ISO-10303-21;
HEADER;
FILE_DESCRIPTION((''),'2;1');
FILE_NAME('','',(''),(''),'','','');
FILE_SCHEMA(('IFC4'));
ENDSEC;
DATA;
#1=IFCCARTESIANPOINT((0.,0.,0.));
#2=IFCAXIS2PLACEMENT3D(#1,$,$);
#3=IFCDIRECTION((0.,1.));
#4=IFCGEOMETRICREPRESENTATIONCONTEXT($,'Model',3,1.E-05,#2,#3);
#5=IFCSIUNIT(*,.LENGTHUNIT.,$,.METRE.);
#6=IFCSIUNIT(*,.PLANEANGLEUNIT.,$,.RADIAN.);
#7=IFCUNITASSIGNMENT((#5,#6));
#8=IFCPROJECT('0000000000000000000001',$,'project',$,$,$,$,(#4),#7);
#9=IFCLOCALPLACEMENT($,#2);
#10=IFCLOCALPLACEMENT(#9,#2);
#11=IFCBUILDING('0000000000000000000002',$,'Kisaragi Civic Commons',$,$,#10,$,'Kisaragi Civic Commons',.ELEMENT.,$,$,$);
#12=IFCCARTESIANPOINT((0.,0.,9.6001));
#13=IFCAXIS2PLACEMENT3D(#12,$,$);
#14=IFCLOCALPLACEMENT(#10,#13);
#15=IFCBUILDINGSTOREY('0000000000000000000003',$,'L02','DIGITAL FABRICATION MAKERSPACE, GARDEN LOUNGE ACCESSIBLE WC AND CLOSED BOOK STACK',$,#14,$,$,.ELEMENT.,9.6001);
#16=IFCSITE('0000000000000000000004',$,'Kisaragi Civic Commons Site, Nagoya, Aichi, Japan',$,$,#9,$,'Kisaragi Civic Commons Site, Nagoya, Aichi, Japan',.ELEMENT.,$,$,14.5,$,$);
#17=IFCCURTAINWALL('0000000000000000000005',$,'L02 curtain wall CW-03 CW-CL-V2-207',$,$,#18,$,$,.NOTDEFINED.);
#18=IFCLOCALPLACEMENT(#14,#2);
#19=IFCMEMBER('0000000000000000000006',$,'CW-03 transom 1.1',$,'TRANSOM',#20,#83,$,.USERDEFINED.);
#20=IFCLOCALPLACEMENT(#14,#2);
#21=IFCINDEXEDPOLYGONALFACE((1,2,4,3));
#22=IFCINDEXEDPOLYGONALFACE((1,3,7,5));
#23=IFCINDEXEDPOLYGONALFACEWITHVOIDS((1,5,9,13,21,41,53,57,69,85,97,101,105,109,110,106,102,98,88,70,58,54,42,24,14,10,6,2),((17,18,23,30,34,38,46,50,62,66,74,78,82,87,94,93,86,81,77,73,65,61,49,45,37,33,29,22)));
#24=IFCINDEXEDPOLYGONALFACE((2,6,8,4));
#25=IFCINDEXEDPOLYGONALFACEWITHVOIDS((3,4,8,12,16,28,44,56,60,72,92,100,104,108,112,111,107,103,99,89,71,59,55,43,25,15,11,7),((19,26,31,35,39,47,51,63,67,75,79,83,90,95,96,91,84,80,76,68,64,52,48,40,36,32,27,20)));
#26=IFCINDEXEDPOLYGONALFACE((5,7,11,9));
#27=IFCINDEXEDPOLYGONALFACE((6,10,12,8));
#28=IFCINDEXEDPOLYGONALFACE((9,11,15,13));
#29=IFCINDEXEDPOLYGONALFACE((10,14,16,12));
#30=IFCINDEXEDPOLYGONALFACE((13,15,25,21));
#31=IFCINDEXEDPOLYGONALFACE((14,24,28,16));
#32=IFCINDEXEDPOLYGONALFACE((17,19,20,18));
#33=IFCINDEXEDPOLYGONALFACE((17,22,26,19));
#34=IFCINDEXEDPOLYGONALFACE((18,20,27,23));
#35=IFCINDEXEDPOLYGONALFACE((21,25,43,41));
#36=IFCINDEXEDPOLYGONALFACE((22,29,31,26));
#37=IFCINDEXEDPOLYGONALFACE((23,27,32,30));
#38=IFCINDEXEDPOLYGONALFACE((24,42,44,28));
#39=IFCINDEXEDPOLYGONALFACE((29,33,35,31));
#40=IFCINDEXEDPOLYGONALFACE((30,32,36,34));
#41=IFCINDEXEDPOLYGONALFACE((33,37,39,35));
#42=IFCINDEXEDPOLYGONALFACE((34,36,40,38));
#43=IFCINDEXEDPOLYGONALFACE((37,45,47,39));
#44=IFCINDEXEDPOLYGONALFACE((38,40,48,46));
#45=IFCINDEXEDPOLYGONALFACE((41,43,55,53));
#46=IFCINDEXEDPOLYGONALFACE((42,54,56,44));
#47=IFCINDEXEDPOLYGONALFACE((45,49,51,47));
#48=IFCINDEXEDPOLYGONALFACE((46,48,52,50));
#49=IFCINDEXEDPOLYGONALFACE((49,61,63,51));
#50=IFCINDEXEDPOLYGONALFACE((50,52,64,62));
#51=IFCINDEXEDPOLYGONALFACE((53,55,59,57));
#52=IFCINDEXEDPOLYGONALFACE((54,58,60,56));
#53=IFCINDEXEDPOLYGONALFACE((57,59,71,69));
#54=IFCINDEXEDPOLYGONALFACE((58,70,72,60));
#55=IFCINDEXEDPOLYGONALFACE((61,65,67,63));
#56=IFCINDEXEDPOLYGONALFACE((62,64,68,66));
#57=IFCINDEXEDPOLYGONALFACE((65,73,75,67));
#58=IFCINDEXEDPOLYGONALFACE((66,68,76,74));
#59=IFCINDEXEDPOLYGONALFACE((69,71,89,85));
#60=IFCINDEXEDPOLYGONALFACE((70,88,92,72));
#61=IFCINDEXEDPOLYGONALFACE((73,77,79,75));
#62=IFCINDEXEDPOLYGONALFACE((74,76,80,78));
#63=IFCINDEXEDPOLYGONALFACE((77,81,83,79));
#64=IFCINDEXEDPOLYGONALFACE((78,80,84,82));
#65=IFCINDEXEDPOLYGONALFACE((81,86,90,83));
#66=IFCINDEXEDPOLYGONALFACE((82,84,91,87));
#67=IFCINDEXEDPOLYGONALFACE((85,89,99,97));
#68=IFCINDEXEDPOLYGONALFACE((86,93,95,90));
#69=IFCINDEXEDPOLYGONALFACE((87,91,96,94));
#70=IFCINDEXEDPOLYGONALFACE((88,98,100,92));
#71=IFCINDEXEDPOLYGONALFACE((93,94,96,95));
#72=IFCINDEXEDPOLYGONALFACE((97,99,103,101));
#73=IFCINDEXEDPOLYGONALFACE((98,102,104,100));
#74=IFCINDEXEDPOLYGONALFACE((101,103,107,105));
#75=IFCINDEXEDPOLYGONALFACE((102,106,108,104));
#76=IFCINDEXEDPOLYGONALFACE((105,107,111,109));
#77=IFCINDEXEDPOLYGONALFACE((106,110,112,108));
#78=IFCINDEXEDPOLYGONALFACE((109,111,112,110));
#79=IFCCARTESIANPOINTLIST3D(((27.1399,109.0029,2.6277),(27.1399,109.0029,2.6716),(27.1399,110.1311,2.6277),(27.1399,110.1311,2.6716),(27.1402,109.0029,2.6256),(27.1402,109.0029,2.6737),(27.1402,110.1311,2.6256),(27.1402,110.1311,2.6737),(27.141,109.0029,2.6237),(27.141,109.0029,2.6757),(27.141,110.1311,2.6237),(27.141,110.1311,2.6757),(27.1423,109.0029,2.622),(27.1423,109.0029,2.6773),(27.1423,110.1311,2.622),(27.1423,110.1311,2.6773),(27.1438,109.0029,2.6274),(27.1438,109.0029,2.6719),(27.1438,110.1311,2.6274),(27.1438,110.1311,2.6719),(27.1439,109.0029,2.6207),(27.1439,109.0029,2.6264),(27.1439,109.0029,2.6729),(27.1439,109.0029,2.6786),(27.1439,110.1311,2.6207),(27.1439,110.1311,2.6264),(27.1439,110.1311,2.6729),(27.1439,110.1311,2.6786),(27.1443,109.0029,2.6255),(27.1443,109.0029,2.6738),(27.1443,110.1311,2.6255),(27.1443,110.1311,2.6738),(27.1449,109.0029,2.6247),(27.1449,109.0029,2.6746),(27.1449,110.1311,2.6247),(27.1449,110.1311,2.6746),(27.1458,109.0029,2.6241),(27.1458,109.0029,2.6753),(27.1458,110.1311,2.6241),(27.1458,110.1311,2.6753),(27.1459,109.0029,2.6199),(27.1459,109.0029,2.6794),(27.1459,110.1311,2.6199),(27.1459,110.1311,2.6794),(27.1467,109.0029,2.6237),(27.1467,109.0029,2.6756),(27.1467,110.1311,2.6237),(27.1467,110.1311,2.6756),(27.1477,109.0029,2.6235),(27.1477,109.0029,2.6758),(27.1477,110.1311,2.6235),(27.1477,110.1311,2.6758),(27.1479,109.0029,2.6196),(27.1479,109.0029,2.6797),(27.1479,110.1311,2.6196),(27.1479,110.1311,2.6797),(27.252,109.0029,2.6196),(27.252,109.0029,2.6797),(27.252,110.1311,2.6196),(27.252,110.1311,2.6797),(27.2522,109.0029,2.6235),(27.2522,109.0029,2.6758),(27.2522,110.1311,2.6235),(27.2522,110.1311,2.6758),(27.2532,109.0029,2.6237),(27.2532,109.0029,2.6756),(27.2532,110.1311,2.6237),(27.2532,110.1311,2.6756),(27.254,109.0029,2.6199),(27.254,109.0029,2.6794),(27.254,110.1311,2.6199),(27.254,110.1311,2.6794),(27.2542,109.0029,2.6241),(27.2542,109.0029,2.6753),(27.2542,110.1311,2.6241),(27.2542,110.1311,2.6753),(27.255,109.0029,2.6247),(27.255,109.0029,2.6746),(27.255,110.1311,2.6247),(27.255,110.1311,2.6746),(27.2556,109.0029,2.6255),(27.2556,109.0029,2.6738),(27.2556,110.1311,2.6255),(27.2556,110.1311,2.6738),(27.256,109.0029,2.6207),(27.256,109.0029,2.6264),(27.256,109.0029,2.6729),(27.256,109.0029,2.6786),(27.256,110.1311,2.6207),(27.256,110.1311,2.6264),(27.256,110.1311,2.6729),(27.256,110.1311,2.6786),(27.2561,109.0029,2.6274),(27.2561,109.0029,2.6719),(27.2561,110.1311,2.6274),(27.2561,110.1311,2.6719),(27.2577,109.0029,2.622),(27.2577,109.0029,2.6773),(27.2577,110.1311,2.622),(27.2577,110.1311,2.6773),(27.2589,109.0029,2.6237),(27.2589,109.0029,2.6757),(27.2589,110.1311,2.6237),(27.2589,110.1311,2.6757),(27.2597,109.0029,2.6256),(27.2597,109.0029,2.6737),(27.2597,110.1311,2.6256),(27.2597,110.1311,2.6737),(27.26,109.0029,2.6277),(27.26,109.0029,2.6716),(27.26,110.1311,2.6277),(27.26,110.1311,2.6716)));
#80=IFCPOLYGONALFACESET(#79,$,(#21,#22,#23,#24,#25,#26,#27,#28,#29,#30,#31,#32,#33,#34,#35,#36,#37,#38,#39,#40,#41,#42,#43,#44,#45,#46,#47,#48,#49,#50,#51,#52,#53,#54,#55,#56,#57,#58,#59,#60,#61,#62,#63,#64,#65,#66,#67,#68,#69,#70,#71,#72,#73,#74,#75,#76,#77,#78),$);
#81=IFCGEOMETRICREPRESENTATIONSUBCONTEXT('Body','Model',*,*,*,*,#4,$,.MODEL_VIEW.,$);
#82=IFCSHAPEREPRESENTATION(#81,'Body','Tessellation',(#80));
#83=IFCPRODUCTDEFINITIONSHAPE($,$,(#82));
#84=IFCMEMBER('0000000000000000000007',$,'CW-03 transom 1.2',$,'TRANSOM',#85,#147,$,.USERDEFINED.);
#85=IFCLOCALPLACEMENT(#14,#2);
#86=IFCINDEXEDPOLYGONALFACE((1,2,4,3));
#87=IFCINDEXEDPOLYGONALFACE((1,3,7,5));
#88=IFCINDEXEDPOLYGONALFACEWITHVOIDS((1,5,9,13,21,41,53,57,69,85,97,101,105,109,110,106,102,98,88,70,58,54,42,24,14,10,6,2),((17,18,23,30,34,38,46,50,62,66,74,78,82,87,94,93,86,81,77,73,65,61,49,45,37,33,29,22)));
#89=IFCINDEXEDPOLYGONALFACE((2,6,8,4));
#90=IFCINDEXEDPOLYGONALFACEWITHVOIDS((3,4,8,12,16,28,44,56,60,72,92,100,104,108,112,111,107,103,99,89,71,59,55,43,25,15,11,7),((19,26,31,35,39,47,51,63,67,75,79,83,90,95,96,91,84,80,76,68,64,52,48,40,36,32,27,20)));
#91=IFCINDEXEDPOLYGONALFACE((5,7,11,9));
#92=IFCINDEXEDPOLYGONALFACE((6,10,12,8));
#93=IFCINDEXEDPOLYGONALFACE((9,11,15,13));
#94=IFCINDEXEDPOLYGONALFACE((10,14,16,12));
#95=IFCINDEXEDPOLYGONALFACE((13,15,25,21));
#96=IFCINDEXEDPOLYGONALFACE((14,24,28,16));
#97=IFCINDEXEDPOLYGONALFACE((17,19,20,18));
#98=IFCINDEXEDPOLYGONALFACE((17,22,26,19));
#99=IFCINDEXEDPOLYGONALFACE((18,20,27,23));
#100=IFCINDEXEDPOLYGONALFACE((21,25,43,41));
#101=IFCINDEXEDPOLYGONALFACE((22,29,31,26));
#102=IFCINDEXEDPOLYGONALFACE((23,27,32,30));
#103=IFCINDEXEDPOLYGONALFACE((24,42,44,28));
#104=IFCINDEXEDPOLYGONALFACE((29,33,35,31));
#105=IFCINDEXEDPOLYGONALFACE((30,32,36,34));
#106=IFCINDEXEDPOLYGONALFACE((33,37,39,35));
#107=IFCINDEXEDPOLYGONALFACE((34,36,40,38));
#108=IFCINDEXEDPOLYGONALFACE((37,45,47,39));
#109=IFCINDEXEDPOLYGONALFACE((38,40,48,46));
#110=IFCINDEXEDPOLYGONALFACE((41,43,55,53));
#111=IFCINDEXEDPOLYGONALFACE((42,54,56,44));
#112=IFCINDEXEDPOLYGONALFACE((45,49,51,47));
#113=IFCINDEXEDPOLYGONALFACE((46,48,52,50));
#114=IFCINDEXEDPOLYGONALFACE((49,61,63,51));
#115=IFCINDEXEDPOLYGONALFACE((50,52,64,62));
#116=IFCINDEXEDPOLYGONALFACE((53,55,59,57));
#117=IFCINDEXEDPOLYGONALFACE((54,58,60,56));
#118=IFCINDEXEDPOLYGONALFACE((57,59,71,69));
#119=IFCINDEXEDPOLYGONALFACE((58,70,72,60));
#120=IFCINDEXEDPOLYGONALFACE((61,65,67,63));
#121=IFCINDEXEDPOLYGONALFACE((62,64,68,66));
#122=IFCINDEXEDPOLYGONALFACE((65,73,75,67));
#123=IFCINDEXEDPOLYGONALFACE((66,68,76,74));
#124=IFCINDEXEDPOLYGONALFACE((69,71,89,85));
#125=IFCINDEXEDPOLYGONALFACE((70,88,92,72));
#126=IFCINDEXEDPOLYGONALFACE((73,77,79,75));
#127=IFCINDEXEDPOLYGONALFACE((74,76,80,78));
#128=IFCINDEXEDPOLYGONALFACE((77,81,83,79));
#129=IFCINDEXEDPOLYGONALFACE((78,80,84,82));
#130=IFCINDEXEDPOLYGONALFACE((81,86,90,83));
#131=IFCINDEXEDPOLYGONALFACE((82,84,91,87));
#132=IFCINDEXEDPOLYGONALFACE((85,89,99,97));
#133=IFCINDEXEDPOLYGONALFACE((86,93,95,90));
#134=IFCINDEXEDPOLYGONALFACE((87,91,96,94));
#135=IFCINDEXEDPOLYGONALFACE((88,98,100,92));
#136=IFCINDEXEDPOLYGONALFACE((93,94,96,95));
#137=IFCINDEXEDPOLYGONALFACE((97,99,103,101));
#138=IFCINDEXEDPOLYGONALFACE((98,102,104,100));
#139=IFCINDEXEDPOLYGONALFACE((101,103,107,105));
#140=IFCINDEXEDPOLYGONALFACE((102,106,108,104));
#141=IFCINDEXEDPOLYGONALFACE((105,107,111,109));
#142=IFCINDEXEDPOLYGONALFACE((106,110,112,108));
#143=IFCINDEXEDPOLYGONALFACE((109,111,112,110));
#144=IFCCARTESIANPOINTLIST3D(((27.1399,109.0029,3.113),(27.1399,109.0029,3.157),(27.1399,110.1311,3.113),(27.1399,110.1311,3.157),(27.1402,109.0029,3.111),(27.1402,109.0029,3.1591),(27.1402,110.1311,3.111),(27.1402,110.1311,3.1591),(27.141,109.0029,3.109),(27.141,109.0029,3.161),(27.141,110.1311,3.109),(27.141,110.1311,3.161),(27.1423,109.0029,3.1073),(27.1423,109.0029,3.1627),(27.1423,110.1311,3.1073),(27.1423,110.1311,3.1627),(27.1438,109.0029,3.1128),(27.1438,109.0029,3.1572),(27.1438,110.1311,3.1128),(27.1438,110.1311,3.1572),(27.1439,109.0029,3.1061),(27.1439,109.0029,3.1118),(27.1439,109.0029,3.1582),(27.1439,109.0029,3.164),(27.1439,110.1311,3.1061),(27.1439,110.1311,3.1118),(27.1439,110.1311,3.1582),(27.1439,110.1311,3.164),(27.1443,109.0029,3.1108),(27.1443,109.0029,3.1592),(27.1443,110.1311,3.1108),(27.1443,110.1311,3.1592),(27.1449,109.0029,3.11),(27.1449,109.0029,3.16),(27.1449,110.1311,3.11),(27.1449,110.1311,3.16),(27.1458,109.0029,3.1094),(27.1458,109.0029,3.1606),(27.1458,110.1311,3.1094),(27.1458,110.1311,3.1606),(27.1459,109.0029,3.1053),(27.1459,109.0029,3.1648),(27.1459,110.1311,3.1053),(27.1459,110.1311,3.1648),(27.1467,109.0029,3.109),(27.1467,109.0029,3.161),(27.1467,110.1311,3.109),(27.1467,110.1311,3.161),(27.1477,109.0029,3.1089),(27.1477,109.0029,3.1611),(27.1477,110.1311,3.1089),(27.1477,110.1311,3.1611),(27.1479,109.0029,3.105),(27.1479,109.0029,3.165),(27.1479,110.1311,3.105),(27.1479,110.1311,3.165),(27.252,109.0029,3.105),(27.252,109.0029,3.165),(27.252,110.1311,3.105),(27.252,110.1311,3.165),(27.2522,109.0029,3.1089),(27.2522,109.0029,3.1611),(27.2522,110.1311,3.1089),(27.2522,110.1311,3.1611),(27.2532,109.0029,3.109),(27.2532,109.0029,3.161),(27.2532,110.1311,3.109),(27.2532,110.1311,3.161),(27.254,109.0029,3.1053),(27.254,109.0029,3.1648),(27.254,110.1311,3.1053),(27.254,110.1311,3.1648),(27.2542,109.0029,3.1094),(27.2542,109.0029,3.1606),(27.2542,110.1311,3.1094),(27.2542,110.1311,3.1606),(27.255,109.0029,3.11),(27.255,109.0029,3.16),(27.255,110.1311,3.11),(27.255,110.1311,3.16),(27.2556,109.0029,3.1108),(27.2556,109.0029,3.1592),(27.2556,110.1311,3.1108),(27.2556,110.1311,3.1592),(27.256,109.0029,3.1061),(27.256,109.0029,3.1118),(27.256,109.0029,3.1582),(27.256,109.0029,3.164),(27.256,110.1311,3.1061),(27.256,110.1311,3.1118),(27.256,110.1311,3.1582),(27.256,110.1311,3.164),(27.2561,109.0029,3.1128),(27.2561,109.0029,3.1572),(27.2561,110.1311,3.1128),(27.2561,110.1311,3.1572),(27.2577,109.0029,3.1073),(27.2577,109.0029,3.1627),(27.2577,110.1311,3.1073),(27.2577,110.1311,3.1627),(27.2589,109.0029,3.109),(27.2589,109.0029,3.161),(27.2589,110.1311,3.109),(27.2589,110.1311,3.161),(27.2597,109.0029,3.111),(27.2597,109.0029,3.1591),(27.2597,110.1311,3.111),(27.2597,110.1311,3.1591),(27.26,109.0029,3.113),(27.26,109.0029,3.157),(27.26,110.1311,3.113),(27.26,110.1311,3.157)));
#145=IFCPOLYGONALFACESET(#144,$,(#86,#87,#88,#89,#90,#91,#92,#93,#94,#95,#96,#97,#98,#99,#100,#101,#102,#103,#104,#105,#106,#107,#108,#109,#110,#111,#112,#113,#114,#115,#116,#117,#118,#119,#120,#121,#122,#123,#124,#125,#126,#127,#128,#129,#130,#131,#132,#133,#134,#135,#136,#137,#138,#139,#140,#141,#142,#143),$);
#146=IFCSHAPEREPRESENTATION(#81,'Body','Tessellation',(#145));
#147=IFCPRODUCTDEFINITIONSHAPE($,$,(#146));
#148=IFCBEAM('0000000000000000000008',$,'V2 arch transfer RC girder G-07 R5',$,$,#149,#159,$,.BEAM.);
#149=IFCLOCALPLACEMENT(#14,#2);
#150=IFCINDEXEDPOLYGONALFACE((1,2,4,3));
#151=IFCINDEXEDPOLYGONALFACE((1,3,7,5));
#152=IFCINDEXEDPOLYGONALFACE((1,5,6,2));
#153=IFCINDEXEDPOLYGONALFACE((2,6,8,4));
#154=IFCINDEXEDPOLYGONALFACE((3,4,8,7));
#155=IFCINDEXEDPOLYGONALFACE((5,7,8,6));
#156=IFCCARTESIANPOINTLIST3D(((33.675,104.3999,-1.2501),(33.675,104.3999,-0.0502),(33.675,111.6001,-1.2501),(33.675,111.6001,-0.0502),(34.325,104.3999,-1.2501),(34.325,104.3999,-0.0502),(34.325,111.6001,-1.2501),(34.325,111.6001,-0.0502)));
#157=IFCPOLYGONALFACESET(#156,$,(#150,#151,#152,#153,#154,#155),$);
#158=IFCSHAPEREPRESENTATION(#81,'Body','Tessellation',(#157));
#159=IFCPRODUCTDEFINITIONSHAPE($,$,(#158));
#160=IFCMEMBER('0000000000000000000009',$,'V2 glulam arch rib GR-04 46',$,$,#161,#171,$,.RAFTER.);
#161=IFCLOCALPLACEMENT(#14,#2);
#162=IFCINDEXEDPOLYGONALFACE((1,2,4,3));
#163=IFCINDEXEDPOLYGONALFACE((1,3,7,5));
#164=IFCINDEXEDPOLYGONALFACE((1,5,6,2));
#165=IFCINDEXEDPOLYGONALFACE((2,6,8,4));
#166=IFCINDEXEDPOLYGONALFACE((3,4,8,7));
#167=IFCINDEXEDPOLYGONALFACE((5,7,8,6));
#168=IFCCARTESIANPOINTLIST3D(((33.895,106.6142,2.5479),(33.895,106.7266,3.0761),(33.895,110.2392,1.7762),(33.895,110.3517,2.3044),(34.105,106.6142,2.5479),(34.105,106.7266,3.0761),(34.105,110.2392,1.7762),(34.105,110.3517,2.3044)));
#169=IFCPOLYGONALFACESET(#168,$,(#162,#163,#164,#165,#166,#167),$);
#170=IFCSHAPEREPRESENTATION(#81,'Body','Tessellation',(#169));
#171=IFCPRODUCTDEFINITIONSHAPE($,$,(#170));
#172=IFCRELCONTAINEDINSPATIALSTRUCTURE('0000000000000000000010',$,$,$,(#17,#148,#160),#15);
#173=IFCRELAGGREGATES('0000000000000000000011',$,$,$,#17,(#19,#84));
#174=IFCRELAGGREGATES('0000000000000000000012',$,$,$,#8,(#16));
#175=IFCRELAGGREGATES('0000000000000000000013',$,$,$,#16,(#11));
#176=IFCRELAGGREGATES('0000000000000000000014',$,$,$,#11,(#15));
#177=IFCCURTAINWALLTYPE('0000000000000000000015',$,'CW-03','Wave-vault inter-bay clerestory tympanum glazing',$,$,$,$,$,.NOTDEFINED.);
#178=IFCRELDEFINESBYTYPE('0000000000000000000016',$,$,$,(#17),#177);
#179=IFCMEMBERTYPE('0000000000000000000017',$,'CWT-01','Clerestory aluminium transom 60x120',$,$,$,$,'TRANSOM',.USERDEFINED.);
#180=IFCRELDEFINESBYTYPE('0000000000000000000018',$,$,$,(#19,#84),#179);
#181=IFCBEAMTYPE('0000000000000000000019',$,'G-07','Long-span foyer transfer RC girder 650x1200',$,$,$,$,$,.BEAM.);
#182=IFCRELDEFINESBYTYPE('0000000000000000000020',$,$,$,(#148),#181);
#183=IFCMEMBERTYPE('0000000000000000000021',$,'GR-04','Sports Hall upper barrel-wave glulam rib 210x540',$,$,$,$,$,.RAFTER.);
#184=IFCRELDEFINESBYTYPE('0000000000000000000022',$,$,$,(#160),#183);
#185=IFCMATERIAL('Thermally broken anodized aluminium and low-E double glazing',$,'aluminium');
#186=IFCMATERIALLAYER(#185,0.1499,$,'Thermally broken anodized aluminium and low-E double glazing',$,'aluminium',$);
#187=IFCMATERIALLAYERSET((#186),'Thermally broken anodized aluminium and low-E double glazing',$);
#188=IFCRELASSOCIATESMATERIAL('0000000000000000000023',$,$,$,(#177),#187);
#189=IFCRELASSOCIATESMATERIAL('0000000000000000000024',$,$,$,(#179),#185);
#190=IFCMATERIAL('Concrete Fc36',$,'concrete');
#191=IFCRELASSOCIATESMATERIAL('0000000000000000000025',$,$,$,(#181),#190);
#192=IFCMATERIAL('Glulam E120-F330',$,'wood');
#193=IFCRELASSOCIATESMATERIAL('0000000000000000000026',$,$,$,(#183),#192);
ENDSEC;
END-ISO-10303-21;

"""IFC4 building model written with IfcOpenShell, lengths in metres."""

from ifc_helpers import new_model, si_unit, direction, frame, origin, origin_2d, place, context, subcontext, project, spatial, rectangle, hollow_rectangle, extrude, material, layer, layer_set, material_profile, profile_set, type_object, element, aggregate, save


model = new_model("IFC4")

# Units and contexts
model_context = context("Model", 3, precision=1e-05, world=origin(), true_north=direction((0.0, 1.0)))
body_context = subcontext(model_context, "Body", "Model", "MODEL_VIEW")
ifc_project = project(units=[si_unit("LENGTHUNIT", "METRE"), si_unit("PLANEANGLEUNIT", "RADIAN")], contexts=[model_context])

# Site, building, storey
site_placement = place(None, origin())
site = spatial("IfcSite", under=ifc_project, at=site_placement, Name="Kisaragi Civic Commons Site, Nagoya, Aichi, Japan", LongName="Kisaragi Civic Commons Site, Nagoya, Aichi, Japan", CompositionType="ELEMENT", RefElevation=14.5)
building_placement = place(site_placement, origin())
building = spatial("IfcBuilding", under=site, at=building_placement, Name="Kisaragi Civic Commons", LongName="Kisaragi Civic Commons", CompositionType="ELEMENT")
storey_placement = place(building_placement, frame((0.0, 0.0, 9.6001)))
storey = spatial("IfcBuildingStorey", under=building, at=storey_placement, Name="L02", Description="DIGITAL FABRICATION MAKERSPACE, GARDEN LOUNGE ACCESSIBLE WC AND CLOSED BOOK STACK", CompositionType="ELEMENT", Elevation=9.6001)

# Curtain wall, members
ifc_material_1 = material(Name="Thermally broken anodized aluminium and low-E double glazing", Category="aluminium")
ifc_layer_1 = layer(ifc_material_1, 0.1499, Name="Thermally broken anodized aluminium and low-E double glazing", Category="aluminium")
ifc_layer_set_1 = layer_set([ifc_layer_1], Name="Thermally broken anodized aluminium and low-E double glazing")
curtain_wall_type = type_object("IfcCurtainWallType", Name="CW-03", Description="Wave-vault inter-bay clerestory tympanum glazing", PredefinedType="NOTDEFINED", material=ifc_layer_set_1)
curtain_wall_placement = place(storey_placement, origin())
curtain_wall = element("IfcCurtainWall", 1, at=curtain_wall_placement, inside=storey, type_object=curtain_wall_type, Name="L02 curtain wall CW-03 CW-CL-V2-207", PredefinedType="NOTDEFINED")
ifc_material_profile_1 = material_profile(ifc_material_1, hollow_rectangle(XDim=0.1201, YDim=0.0601, WallThickness=0.0039, InnerFilletRadius=0.0039, OuterFilletRadius=0.0081, at=origin_2d()), Name="CWT-60x120x4", Category="aluminium")
ifc_profile_set_1 = profile_set([ifc_material_profile_1], Name="Thermally broken anodized aluminium and low-E double glazing")
member_type_1 = type_object("IfcMemberType", Name="CWT-01", Description="Clerestory aluminium transom 60x120", ElementType="TRANSOM", PredefinedType="USERDEFINED", material=ifc_profile_set_1)
member_1_placement = place(storey_placement, frame((27.2, 109.0029, 2.6497), z_axis=(0.0, 1.0, 0.0), x_axis=(-1.0, 0.0, 0.0)))
member_1 = element("IfcMember", 2, at=member_1_placement, type_object=member_type_1, Name="CW-03 transom 1.1", ObjectType="TRANSOM", PredefinedType="USERDEFINED", context=body_context, shape_type="SweptSolid", body=[
    extrude(hollow_rectangle(XDim=0.1201, YDim=0.0601, WallThickness=0.0039, InnerFilletRadius=0.0039, OuterFilletRadius=0.0081, at=origin_2d()), origin(), (0.0, 0.0, 1.0), 1.1282),
])
member_2_placement = place(storey_placement, frame((27.2, 109.0029, 3.135), z_axis=(0.0, 1.0, 0.0), x_axis=(-1.0, 0.0, 0.0)))
member_2 = element("IfcMember", 3, at=member_2_placement, type_object=member_type_1, Name="CW-03 transom 1.2", ObjectType="TRANSOM", PredefinedType="USERDEFINED", context=body_context, shape_type="SweptSolid", body=[
    extrude(hollow_rectangle(XDim=0.1201, YDim=0.0601, WallThickness=0.0039, InnerFilletRadius=0.0039, OuterFilletRadius=0.0081, at=origin_2d()), origin(), (0.0, 0.0, 1.0), 1.1282),
])

# Beam
ifc_material_2 = material(Name="Concrete Fc36", Category="concrete")
ifc_material_profile_2 = material_profile(ifc_material_2, rectangle(XDim=0.6499, YDim=1.2, at=origin_2d()), Name="RC-650x1200", Category="concrete")
ifc_profile_set_2 = profile_set([ifc_material_profile_2], Name="Concrete Fc36")
beam_type = type_object("IfcBeamType", Name="G-07", Description="Long-span foyer transfer RC girder 650x1200", PredefinedType="BEAM", material=ifc_profile_set_2)
beam_placement = place(storey_placement, frame((34.0, 104.3999, -0.6501), z_axis=(0.0, 1.0, 0.0), x_axis=(-1.0, 0.0, 0.0)))
element("IfcBeam", 4, at=beam_placement, inside=storey, type_object=beam_type, Name="V2 arch transfer RC girder G-07 R5", PredefinedType="BEAM", context=body_context, shape_type="SweptSolid", body=[
    extrude(rectangle(XDim=0.6499, YDim=1.2, at=origin_2d()), origin(), (0.0, 0.0, 1.0), 7.2002),
])

# Member
ifc_material_3 = material(Name="Glulam E120-F330", Category="wood")
ifc_material_profile_3 = material_profile(ifc_material_3, rectangle(XDim=0.21, YDim=0.54, at=origin_2d()), Name="GL-210x540", Category="wood")
ifc_profile_set_3 = profile_set([ifc_material_profile_3], Name="Glulam E120-F330")
member_type_2 = type_object("IfcMemberType", Name="GR-04", Description="Sports Hall upper barrel-wave glulam rib 210x540", PredefinedType="RAFTER", material=ifc_profile_set_3)
member_3_placement = place(storey_placement, frame((34.0, 106.6704, 2.812), z_axis=(0.0, 0.978081, -0.208224), x_axis=(-1.0, 0.0, 0.0)))
element("IfcMember", 5, at=member_3_placement, inside=storey, type_object=member_type_2, Name="V2 glulam arch rib GR-04 46", PredefinedType="RAFTER", context=body_context, shape_type="SweptSolid", body=[
    extrude(rectangle(XDim=0.21, YDim=0.54, at=origin_2d()), origin(), (0.0, 0.0, 1.0), 3.7063),
])

aggregate(curtain_wall, [member_1, member_2])

save(model, "model.ifc")
